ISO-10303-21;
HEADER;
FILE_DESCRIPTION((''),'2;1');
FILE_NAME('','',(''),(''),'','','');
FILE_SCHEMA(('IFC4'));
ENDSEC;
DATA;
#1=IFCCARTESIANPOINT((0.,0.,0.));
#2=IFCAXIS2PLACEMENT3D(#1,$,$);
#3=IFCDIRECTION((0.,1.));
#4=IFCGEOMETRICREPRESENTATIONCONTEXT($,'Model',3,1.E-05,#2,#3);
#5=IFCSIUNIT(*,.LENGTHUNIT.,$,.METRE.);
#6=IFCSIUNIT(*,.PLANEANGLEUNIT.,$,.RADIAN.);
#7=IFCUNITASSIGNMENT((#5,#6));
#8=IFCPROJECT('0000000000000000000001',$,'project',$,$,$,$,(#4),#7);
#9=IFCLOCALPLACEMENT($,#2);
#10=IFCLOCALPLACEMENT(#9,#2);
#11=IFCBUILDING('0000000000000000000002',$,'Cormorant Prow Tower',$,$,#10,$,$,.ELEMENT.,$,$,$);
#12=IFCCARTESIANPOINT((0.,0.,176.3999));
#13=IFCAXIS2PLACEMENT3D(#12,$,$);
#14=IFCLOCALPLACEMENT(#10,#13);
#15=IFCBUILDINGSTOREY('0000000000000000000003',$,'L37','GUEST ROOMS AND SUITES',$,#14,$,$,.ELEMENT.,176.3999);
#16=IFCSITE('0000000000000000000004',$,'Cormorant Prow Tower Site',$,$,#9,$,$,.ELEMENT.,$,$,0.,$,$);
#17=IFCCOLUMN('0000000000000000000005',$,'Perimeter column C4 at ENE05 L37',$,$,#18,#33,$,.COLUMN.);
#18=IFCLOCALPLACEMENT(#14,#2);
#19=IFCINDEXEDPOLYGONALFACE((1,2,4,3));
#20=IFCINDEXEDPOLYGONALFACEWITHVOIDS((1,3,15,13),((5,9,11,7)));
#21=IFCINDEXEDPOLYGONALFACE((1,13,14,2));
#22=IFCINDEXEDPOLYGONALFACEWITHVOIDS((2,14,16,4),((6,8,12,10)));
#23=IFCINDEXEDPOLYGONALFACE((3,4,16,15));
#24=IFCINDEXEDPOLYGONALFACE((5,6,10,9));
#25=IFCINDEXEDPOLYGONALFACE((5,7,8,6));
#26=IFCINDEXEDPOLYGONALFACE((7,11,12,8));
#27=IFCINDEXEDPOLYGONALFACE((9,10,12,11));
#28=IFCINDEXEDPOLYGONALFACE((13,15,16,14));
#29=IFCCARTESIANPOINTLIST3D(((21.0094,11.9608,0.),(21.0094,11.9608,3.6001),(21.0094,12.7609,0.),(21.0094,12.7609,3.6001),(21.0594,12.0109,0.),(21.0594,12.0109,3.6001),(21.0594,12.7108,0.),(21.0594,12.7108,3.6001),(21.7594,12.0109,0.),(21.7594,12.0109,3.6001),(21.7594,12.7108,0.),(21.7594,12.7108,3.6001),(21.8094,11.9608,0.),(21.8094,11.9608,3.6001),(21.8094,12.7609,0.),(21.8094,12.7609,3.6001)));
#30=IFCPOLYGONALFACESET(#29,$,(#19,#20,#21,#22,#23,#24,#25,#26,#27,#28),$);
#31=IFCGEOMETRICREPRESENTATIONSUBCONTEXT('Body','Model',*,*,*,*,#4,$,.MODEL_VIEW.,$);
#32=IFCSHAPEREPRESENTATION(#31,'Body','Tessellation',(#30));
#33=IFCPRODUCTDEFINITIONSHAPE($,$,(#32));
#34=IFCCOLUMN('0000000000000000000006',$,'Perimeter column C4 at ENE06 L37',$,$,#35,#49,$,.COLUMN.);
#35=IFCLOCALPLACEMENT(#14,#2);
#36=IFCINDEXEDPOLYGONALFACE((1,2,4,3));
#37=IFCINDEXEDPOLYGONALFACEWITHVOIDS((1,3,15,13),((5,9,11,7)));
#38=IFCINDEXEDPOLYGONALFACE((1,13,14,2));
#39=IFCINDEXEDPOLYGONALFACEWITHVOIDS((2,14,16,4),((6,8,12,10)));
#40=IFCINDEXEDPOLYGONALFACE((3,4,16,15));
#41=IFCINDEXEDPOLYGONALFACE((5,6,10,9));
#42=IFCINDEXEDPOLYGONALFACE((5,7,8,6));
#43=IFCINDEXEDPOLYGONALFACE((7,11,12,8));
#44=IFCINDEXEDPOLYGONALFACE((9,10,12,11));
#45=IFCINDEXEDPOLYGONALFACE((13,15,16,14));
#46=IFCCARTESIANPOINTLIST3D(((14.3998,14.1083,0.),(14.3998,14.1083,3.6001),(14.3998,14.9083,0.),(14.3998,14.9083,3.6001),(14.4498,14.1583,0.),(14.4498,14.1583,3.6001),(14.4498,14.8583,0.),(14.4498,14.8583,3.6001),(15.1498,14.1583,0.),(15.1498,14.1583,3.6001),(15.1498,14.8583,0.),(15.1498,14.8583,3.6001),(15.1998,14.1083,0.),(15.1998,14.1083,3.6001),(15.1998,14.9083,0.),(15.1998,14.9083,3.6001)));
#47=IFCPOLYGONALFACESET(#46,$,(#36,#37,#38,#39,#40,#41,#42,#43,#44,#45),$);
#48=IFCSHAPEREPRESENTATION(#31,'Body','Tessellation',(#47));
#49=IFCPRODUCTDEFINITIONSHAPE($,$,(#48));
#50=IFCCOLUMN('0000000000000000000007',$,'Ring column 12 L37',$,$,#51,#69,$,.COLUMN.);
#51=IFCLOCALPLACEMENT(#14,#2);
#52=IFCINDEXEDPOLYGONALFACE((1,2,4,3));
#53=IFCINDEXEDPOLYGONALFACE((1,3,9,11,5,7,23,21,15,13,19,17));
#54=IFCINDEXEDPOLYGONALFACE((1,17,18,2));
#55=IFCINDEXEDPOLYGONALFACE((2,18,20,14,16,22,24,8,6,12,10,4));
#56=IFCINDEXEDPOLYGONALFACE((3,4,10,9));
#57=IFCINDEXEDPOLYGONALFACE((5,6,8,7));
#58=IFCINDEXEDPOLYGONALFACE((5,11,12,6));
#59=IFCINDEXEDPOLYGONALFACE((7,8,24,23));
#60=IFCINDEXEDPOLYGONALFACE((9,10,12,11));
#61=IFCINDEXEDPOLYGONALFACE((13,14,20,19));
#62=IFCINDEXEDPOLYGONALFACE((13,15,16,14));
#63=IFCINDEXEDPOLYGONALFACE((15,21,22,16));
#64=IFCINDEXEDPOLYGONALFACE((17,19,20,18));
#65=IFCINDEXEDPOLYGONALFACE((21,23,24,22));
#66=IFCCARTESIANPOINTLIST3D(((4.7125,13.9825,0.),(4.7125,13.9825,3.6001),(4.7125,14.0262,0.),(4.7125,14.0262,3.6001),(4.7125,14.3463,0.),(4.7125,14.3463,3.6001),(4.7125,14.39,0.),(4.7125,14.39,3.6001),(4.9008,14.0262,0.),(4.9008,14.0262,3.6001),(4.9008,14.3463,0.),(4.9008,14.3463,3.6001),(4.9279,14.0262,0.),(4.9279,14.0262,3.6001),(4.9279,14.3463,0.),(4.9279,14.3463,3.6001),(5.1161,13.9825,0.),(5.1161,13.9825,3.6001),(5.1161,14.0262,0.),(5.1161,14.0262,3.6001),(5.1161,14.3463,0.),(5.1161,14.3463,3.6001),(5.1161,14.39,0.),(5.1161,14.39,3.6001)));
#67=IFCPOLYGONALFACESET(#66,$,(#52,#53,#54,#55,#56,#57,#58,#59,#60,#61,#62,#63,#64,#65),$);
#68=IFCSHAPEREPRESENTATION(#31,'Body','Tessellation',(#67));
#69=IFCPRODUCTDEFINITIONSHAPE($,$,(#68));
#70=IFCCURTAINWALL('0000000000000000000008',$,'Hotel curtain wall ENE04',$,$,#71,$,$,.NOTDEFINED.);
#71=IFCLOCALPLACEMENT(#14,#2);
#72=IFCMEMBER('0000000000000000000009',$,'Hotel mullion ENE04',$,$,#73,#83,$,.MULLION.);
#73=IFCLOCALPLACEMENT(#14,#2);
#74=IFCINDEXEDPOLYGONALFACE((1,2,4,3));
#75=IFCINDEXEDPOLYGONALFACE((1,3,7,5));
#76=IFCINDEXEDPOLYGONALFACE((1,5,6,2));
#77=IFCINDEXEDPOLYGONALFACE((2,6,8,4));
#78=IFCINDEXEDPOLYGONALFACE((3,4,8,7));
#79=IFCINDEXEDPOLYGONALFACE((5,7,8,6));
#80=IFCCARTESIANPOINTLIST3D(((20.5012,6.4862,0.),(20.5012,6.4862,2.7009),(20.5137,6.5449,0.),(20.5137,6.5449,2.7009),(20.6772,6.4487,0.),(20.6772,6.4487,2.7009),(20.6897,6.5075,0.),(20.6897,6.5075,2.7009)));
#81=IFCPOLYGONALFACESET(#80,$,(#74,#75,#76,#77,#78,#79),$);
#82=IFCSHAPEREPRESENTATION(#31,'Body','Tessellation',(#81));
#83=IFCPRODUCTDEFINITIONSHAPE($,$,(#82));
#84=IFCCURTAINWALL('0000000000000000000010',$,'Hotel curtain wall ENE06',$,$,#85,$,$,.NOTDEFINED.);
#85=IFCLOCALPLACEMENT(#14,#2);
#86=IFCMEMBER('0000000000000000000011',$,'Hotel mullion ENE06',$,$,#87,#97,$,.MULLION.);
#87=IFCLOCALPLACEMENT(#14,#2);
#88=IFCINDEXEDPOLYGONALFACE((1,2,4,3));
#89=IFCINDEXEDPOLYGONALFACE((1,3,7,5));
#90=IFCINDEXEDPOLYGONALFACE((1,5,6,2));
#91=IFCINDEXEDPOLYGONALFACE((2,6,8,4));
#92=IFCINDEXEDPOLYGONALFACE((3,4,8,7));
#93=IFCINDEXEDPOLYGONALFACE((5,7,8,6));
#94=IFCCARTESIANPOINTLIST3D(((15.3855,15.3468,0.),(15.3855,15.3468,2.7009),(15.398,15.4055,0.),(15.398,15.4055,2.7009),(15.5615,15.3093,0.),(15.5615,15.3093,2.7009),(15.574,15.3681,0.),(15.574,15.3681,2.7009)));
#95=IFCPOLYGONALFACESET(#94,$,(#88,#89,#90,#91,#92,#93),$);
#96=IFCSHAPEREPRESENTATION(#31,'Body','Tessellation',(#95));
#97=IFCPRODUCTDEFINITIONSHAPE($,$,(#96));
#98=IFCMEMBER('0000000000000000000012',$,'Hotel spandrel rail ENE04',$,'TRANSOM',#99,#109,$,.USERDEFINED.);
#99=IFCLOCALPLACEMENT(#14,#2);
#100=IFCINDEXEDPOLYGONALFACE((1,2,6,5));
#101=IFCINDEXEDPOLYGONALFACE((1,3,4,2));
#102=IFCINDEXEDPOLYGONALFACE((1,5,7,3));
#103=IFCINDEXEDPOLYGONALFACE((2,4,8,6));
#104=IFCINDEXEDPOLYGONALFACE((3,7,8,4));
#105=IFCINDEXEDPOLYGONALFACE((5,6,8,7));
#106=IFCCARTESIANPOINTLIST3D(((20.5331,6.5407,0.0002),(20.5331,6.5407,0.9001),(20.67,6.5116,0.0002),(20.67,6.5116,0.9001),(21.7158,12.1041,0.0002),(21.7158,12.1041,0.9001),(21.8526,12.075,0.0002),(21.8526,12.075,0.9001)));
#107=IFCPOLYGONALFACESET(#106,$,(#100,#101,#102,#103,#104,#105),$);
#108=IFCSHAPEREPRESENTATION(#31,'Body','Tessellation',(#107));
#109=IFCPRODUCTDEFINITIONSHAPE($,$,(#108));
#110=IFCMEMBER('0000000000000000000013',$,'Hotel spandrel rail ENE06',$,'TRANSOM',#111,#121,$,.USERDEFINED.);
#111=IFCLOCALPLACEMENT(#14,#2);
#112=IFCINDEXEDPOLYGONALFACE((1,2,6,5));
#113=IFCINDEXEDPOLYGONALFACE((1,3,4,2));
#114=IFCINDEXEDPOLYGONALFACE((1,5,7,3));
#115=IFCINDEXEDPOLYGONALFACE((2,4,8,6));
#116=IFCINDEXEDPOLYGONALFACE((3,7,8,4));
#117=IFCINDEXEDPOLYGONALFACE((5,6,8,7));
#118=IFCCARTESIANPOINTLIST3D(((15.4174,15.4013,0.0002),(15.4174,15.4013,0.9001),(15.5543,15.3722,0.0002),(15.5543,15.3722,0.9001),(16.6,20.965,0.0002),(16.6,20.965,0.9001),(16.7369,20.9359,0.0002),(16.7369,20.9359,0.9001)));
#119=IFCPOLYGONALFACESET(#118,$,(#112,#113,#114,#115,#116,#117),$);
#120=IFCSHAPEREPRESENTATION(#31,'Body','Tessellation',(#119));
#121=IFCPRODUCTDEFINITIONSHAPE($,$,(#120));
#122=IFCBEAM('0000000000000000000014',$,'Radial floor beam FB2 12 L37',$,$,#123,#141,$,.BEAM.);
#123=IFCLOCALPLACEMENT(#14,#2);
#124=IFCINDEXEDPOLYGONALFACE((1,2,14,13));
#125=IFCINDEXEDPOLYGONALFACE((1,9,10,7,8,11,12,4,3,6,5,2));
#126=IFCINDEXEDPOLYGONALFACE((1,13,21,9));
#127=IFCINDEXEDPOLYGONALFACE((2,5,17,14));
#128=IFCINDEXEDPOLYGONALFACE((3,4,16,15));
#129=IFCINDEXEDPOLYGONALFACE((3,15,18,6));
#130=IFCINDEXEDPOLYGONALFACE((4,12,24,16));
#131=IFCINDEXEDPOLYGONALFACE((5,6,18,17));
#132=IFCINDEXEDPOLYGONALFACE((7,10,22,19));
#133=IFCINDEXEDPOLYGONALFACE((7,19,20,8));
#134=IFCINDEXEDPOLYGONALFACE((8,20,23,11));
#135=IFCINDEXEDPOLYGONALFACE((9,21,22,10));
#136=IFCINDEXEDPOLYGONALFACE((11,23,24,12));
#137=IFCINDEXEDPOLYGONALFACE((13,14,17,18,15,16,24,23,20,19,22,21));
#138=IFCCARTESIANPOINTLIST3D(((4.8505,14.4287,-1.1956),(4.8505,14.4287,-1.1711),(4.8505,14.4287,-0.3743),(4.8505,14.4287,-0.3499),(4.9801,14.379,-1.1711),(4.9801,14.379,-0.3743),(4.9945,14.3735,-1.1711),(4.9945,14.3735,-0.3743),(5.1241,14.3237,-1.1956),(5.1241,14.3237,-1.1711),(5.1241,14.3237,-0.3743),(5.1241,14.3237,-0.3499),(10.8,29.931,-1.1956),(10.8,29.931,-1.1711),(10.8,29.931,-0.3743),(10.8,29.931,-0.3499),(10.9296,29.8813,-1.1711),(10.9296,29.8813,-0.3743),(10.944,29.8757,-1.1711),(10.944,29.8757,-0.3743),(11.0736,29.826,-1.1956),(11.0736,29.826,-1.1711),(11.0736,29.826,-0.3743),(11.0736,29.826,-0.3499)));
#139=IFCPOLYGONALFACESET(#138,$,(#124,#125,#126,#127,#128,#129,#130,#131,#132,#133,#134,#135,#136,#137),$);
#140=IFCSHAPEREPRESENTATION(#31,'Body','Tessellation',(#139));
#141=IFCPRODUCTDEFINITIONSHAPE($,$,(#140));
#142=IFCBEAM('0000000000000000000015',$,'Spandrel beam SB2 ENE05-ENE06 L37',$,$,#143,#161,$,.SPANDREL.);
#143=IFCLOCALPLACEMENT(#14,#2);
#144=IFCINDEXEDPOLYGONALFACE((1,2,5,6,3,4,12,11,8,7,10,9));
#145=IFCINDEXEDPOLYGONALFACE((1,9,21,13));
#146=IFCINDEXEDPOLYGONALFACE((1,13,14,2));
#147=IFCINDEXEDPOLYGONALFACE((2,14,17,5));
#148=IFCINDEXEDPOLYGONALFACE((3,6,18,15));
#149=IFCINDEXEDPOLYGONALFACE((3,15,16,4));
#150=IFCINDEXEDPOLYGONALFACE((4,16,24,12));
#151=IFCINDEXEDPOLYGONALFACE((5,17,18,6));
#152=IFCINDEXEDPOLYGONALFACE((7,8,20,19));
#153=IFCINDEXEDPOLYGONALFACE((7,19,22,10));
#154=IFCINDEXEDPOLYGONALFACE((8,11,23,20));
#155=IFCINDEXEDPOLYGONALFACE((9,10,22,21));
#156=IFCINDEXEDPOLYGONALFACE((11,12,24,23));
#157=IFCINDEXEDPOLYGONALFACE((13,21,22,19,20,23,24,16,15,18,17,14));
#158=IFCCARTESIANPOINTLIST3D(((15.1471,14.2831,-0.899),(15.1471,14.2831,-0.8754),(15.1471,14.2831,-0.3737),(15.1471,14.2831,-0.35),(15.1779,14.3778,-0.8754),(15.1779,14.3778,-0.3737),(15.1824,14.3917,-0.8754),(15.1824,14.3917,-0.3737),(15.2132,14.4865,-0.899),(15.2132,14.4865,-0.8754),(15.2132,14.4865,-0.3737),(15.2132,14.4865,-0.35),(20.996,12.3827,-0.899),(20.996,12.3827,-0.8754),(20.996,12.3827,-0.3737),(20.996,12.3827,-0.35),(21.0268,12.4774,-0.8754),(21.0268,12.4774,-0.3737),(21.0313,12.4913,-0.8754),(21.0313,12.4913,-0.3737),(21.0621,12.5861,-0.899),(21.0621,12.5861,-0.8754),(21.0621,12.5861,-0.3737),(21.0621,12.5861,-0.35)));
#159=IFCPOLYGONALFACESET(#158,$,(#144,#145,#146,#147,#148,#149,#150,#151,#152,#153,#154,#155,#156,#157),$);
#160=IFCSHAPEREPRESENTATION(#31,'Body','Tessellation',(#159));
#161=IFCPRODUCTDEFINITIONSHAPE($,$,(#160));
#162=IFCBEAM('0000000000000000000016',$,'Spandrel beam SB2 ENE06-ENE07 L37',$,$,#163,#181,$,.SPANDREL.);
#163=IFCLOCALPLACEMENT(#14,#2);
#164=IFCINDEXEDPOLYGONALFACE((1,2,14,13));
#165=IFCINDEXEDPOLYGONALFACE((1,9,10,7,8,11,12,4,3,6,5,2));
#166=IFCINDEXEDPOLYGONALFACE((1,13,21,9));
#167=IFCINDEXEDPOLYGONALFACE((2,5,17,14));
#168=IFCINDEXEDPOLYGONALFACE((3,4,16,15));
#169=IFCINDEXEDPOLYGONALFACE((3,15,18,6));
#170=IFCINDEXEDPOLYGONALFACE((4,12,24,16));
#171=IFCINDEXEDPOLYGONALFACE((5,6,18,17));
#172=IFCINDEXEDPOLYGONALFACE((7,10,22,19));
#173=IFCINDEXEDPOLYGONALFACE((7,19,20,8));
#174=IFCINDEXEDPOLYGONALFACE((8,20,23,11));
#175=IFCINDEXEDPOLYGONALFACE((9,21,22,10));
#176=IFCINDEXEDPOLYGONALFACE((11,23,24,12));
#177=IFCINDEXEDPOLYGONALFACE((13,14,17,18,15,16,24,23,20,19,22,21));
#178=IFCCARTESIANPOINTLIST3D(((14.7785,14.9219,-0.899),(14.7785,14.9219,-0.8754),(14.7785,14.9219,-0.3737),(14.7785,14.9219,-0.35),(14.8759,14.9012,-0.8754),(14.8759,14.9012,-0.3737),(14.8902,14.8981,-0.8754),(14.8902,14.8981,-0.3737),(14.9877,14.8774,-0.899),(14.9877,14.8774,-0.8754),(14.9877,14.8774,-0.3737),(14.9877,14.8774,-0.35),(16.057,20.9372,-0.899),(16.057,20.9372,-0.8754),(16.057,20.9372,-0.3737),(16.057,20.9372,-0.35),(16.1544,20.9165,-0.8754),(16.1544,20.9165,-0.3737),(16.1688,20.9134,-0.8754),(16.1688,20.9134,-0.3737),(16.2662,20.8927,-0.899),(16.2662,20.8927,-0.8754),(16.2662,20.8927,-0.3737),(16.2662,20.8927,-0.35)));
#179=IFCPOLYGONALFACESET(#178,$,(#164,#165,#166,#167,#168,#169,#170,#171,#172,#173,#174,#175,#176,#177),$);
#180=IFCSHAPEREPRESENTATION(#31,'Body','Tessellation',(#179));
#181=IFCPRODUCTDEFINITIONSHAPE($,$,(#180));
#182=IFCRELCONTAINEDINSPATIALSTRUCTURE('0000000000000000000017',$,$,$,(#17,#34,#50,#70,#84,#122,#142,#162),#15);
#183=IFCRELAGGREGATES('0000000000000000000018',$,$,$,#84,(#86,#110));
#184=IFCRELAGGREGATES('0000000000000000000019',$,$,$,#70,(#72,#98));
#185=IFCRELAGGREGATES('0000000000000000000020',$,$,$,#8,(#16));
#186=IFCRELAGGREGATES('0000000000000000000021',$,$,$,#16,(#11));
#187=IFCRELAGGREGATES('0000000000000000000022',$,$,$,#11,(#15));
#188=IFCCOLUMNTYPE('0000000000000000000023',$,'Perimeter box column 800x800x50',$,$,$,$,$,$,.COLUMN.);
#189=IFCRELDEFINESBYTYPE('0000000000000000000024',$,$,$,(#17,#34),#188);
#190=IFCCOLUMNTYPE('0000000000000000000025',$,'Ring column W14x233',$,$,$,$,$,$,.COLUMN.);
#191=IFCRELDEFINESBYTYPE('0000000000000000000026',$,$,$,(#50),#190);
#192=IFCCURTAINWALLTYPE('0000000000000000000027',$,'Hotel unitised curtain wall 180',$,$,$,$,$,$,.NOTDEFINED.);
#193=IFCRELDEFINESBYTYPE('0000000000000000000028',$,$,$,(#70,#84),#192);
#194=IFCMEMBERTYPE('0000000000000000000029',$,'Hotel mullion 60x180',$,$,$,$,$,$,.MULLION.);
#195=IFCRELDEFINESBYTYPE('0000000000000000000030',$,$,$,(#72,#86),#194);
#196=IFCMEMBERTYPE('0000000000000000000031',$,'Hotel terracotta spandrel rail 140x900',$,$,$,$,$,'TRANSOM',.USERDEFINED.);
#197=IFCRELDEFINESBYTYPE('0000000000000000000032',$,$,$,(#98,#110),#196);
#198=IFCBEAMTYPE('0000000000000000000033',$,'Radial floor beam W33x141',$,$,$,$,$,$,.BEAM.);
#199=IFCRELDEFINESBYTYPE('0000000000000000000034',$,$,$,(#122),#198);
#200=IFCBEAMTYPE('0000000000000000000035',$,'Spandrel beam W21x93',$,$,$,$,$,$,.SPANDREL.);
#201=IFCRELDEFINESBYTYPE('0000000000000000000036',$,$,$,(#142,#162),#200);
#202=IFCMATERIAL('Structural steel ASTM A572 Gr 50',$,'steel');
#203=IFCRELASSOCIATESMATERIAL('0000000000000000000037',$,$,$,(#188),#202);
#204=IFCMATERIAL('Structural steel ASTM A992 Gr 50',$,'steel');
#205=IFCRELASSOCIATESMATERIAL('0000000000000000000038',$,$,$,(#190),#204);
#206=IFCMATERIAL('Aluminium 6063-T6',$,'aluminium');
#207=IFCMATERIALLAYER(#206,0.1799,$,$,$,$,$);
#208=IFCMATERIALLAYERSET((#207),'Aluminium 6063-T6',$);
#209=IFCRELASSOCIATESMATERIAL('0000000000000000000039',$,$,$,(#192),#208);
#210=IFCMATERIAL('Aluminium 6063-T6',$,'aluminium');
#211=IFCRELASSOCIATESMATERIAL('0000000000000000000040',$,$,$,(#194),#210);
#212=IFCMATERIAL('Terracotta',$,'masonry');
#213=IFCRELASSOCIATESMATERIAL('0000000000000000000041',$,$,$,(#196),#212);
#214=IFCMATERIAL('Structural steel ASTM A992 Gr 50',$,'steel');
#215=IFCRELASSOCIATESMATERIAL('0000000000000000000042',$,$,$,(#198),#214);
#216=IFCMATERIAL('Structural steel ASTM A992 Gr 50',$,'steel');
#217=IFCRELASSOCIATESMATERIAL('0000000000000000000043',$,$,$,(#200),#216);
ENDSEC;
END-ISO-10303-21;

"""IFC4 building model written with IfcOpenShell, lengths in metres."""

from ifc_helpers import new_model, si_unit, direction, frame, origin, origin_2d, place, context, subcontext, project, spatial, rectangle, hollow_rectangle, i_section, extrude, material, layer, layer_set, material_profile, profile_set, type_object, element, aggregate, save


model = new_model("IFC4")

# Units and contexts
model_context = context("Model", 3, precision=1e-05, world=origin(), true_north=direction((0.0, 1.0)))
body_context = subcontext(model_context, "Body", "Model", "MODEL_VIEW")
ifc_project = project(units=[si_unit("LENGTHUNIT", "METRE"), si_unit("PLANEANGLEUNIT", "RADIAN")], contexts=[model_context])

# Site, building, storey
site_placement = place(None, origin())
site = spatial("IfcSite", under=ifc_project, at=site_placement, Name="Cormorant Prow Tower Site", CompositionType="ELEMENT", RefElevation=0.0)
building_placement = place(site_placement, origin())
building = spatial("IfcBuilding", under=site, at=building_placement, Name="Cormorant Prow Tower", CompositionType="ELEMENT")
storey_placement = place(building_placement, frame((0.0, 0.0, 176.3999)))
storey = spatial("IfcBuildingStorey", under=building, at=storey_placement, Name="L37", Description="GUEST ROOMS AND SUITES", CompositionType="ELEMENT", Elevation=176.3999)

# Columns
ifc_material_1 = material(Name="Structural steel ASTM A572 Gr 50", Category="steel")
ifc_material_profile_1 = material_profile(ifc_material_1, hollow_rectangle(XDim=0.8, YDim=0.8, WallThickness=0.05, at=origin_2d()), Name="Box 800x800x50")
ifc_profile_set_1 = profile_set([ifc_material_profile_1], Name="Structural steel ASTM A572 Gr 50")
column_type_1 = type_object("IfcColumnType", Name="Perimeter box column 800x800x50", PredefinedType="COLUMN", material=ifc_profile_set_1)
for number, where, z_axis, x_axis, name in (
    (1, (21.4094, 12.3608, 0.0), (0.0, 0.0, 1.0), (1.0, 0.0, 0.0), "Perimeter column C4 at ENE05 L37"),
    (2, (14.7998, 14.5083, 0.0), (0.0, 0.0, 1.0), (1.0, 0.0, 0.0), "Perimeter column C4 at ENE06 L37"),
):
    element("IfcColumn", number, at=place(storey_placement, frame(where, z_axis=z_axis, x_axis=x_axis)), inside=storey, type_object=column_type_1, Name=name, PredefinedType="COLUMN", context=body_context, shape_type="SweptSolid", body=[
        extrude(hollow_rectangle(XDim=0.8, YDim=0.8, WallThickness=0.05, at=origin_2d()), origin(), (0.0, 0.0, 1.0), 3.6001),
    ])
ifc_material_2 = material(Name="Structural steel ASTM A992 Gr 50", Category="steel")
ifc_material_profile_2 = material_profile(ifc_material_2, i_section(OverallWidth=0.4036, OverallDepth=0.4075, WebThickness=0.0271, FlangeThickness=0.0437, at=origin_2d()), Name="W14x233")
ifc_profile_set_2 = profile_set([ifc_material_profile_2], Name="Structural steel ASTM A992 Gr 50")
column_type_2 = type_object("IfcColumnType", Name="Ring column W14x233", PredefinedType="COLUMN", material=ifc_profile_set_2)
column_placement = place(storey_placement, frame((4.9143, 14.1863, 0.0), z_axis=(0.0, 0.0, 1.0), x_axis=(1.0, 0.0, 0.0)))
element("IfcColumn", 3, at=column_placement, inside=storey, type_object=column_type_2, Name="Ring column 12 L37", PredefinedType="COLUMN", context=body_context, shape_type="SweptSolid", body=[
    extrude(i_section(OverallWidth=0.4036, OverallDepth=0.4075, WebThickness=0.0271, FlangeThickness=0.0437, at=origin_2d()), origin(), (0.0, 0.0, 1.0), 3.6001),
])

# Curtain walls, members
ifc_material_3 = material(Name="Aluminium 6063-T6", Category="aluminium")
ifc_layer_1 = layer(ifc_material_3, 0.1799)
ifc_layer_set_1 = layer_set([ifc_layer_1], Name="Aluminium 6063-T6")
curtain_wall_type = type_object("IfcCurtainWallType", Name="Hotel unitised curtain wall 180", PredefinedType="NOTDEFINED", material=ifc_layer_set_1)
curtain_wall_1_placement = place(storey_placement, origin())
curtain_wall_1 = element("IfcCurtainWall", 4, at=curtain_wall_1_placement, inside=storey, type_object=curtain_wall_type, Name="Hotel curtain wall ENE04", PredefinedType="NOTDEFINED")
ifc_material_4 = material(Name="Aluminium 6063-T6", Category="aluminium")
ifc_material_profile_3 = material_profile(ifc_material_4, rectangle(XDim=0.1799, YDim=0.0601, at=origin_2d()), Name="Hotel mullion 60x180")
ifc_profile_set_3 = profile_set([ifc_material_profile_3], Name="Aluminium 6063-T6")
member_type_1 = type_object("IfcMemberType", Name="Hotel mullion 60x180", PredefinedType="MULLION", material=ifc_profile_set_3)
member_1_placement = place(storey_placement, frame((20.5955, 6.4968, 0.0), z_axis=(0.0, 0.0, 1.0), x_axis=(-0.978148, 0.207912, 0.0)))
member_1 = element("IfcMember", 5, at=member_1_placement, type_object=member_type_1, Name="Hotel mullion ENE04", PredefinedType="MULLION", context=body_context, shape_type="SweptSolid", body=[
    extrude(rectangle(XDim=0.1799, YDim=0.0601, at=origin_2d()), origin(), (0.0, 0.0, 1.0), 2.7009),
])
curtain_wall_2_placement = place(storey_placement, origin())
curtain_wall_2 = element("IfcCurtainWall", 6, at=curtain_wall_2_placement, inside=storey, type_object=curtain_wall_type, Name="Hotel curtain wall ENE06", PredefinedType="NOTDEFINED")
member_2_placement = place(storey_placement, frame((15.4797, 15.3574, 0.0), z_axis=(0.0, 0.0, 1.0), x_axis=(-0.978148, 0.207912, 0.0)))
member_2 = element("IfcMember", 7, at=member_2_placement, type_object=member_type_1, Name="Hotel mullion ENE06", PredefinedType="MULLION", context=body_context, shape_type="SweptSolid", body=[
    extrude(rectangle(XDim=0.1799, YDim=0.0601, at=origin_2d()), origin(), (0.0, 0.0, 1.0), 2.7009),
])

# Members
ifc_material_5 = material(Name="Terracotta", Category="masonry")
ifc_material_profile_4 = material_profile(ifc_material_5, rectangle(XDim=0.1399, YDim=0.8999, at=origin_2d()), Name="Hotel terracotta spandrel rail 140x900")
ifc_profile_set_4 = profile_set([ifc_material_profile_4], Name="Terracotta")
member_type_2 = type_object("IfcMemberType", Name="Hotel terracotta spandrel rail 140x900", ElementType="TRANSOM", PredefinedType="USERDEFINED", material=ifc_profile_set_4)
member_3_placement = place(storey_placement, frame((20.6016, 6.5261, 0.4502), z_axis=(0.207922, 0.978145, 0.0), x_axis=(-0.978145, 0.207922, 0.0)))
member_3 = element("IfcMember", 8, at=member_3_placement, type_object=member_type_2, Name="Hotel spandrel rail ENE04", ObjectType="TRANSOM", PredefinedType="USERDEFINED", context=body_context, shape_type="SweptSolid", body=[
    extrude(rectangle(XDim=0.1399, YDim=0.8999, at=origin_2d()), origin(), (0.0, 0.0, 1.0), 5.6877),
])
member_4_placement = place(storey_placement, frame((15.4858, 15.3867, 0.4502), z_axis=(0.207914, 0.978147, 0.0), x_axis=(-0.978147, 0.207914, 0.0)))
member_4 = element("IfcMember", 9, at=member_4_placement, type_object=member_type_2, Name="Hotel spandrel rail ENE06", ObjectType="TRANSOM", PredefinedType="USERDEFINED", context=body_context, shape_type="SweptSolid", body=[
    extrude(rectangle(XDim=0.1399, YDim=0.8999, at=origin_2d()), origin(), (0.0, 0.0, 1.0), 5.688),
])
aggregate(curtain_wall_2, [member_2, member_4])

# Beams
ifc_material_6 = material(Name="Structural steel ASTM A992 Gr 50", Category="steel")
ifc_material_profile_5 = material_profile(ifc_material_6, i_section(OverallWidth=0.293, OverallDepth=0.8457, WebThickness=0.0154, FlangeThickness=0.0244, at=origin_2d()), Name="W33x141")
ifc_profile_set_5 = profile_set([ifc_material_profile_5], Name="Structural steel ASTM A992 Gr 50")
beam_type_1 = type_object("IfcBeamType", Name="Radial floor beam W33x141", PredefinedType="BEAM", material=ifc_profile_set_5)
beam_1_placement = place(storey_placement, frame((4.9873, 14.3762, -0.7727), z_axis=(0.358301, 0.933606, 0.0), x_axis=(-0.933606, 0.358301, 0.0)))
element("IfcBeam", 10, at=beam_1_placement, inside=storey, type_object=beam_type_1, Name="Radial floor beam FB2 12 L37", PredefinedType="BEAM", context=body_context, shape_type="SweptSolid", body=[
    extrude(i_section(OverallWidth=0.293, OverallDepth=0.8457, WebThickness=0.0154, FlangeThickness=0.0244, at=origin_2d()), origin(), (0.0, 0.0, 1.0), 16.6047),
])
ifc_material_7 = material(Name="Structural steel ASTM A992 Gr 50", Category="steel")
ifc_material_profile_6 = material_profile(ifc_material_7, i_section(OverallWidth=0.2139, OverallDepth=0.5491, WebThickness=0.0146, FlangeThickness=0.0237, at=origin_2d()), Name="W21x93")
ifc_profile_set_6 = profile_set([ifc_material_profile_6], Name="Structural steel ASTM A992 Gr 50")
beam_type_2 = type_object("IfcBeamType", Name="Spandrel beam W21x93", PredefinedType="SPANDREL", material=ifc_profile_set_6)
beam_2_placement = place(storey_placement, frame((21.0291, 12.4844, -0.6245), z_axis=(-0.951058, 0.309013, 0.0), x_axis=(-0.309013, -0.951058, 0.0)))
element("IfcBeam", 11, at=beam_2_placement, inside=storey, type_object=beam_type_2, Name="Spandrel beam SB2 ENE05-ENE06 L37", PredefinedType="SPANDREL", context=body_context, shape_type="SweptSolid", body=[
    extrude(i_section(OverallWidth=0.2139, OverallDepth=0.5491, WebThickness=0.0146, FlangeThickness=0.0237, at=origin_2d()), origin(), (0.0, 0.0, 1.0), 6.1499),
])
beam_3_placement = place(storey_placement, frame((14.8831, 14.8997, -0.6245), z_axis=(0.207905, 0.978149, 0.0), x_axis=(-0.978149, 0.207905, 0.0)))
element("IfcBeam", 12, at=beam_3_placement, inside=storey, type_object=beam_type_2, Name="Spandrel beam SB2 ENE06-ENE07 L37", PredefinedType="SPANDREL", context=body_context, shape_type="SweptSolid", body=[
    extrude(i_section(OverallWidth=0.2139, OverallDepth=0.5491, WebThickness=0.0146, FlangeThickness=0.0237, at=origin_2d()), origin(), (0.0, 0.0, 1.0), 6.1497),
])

aggregate(curtain_wall_1, [member_1, member_3])

save(model, "model.ifc")
